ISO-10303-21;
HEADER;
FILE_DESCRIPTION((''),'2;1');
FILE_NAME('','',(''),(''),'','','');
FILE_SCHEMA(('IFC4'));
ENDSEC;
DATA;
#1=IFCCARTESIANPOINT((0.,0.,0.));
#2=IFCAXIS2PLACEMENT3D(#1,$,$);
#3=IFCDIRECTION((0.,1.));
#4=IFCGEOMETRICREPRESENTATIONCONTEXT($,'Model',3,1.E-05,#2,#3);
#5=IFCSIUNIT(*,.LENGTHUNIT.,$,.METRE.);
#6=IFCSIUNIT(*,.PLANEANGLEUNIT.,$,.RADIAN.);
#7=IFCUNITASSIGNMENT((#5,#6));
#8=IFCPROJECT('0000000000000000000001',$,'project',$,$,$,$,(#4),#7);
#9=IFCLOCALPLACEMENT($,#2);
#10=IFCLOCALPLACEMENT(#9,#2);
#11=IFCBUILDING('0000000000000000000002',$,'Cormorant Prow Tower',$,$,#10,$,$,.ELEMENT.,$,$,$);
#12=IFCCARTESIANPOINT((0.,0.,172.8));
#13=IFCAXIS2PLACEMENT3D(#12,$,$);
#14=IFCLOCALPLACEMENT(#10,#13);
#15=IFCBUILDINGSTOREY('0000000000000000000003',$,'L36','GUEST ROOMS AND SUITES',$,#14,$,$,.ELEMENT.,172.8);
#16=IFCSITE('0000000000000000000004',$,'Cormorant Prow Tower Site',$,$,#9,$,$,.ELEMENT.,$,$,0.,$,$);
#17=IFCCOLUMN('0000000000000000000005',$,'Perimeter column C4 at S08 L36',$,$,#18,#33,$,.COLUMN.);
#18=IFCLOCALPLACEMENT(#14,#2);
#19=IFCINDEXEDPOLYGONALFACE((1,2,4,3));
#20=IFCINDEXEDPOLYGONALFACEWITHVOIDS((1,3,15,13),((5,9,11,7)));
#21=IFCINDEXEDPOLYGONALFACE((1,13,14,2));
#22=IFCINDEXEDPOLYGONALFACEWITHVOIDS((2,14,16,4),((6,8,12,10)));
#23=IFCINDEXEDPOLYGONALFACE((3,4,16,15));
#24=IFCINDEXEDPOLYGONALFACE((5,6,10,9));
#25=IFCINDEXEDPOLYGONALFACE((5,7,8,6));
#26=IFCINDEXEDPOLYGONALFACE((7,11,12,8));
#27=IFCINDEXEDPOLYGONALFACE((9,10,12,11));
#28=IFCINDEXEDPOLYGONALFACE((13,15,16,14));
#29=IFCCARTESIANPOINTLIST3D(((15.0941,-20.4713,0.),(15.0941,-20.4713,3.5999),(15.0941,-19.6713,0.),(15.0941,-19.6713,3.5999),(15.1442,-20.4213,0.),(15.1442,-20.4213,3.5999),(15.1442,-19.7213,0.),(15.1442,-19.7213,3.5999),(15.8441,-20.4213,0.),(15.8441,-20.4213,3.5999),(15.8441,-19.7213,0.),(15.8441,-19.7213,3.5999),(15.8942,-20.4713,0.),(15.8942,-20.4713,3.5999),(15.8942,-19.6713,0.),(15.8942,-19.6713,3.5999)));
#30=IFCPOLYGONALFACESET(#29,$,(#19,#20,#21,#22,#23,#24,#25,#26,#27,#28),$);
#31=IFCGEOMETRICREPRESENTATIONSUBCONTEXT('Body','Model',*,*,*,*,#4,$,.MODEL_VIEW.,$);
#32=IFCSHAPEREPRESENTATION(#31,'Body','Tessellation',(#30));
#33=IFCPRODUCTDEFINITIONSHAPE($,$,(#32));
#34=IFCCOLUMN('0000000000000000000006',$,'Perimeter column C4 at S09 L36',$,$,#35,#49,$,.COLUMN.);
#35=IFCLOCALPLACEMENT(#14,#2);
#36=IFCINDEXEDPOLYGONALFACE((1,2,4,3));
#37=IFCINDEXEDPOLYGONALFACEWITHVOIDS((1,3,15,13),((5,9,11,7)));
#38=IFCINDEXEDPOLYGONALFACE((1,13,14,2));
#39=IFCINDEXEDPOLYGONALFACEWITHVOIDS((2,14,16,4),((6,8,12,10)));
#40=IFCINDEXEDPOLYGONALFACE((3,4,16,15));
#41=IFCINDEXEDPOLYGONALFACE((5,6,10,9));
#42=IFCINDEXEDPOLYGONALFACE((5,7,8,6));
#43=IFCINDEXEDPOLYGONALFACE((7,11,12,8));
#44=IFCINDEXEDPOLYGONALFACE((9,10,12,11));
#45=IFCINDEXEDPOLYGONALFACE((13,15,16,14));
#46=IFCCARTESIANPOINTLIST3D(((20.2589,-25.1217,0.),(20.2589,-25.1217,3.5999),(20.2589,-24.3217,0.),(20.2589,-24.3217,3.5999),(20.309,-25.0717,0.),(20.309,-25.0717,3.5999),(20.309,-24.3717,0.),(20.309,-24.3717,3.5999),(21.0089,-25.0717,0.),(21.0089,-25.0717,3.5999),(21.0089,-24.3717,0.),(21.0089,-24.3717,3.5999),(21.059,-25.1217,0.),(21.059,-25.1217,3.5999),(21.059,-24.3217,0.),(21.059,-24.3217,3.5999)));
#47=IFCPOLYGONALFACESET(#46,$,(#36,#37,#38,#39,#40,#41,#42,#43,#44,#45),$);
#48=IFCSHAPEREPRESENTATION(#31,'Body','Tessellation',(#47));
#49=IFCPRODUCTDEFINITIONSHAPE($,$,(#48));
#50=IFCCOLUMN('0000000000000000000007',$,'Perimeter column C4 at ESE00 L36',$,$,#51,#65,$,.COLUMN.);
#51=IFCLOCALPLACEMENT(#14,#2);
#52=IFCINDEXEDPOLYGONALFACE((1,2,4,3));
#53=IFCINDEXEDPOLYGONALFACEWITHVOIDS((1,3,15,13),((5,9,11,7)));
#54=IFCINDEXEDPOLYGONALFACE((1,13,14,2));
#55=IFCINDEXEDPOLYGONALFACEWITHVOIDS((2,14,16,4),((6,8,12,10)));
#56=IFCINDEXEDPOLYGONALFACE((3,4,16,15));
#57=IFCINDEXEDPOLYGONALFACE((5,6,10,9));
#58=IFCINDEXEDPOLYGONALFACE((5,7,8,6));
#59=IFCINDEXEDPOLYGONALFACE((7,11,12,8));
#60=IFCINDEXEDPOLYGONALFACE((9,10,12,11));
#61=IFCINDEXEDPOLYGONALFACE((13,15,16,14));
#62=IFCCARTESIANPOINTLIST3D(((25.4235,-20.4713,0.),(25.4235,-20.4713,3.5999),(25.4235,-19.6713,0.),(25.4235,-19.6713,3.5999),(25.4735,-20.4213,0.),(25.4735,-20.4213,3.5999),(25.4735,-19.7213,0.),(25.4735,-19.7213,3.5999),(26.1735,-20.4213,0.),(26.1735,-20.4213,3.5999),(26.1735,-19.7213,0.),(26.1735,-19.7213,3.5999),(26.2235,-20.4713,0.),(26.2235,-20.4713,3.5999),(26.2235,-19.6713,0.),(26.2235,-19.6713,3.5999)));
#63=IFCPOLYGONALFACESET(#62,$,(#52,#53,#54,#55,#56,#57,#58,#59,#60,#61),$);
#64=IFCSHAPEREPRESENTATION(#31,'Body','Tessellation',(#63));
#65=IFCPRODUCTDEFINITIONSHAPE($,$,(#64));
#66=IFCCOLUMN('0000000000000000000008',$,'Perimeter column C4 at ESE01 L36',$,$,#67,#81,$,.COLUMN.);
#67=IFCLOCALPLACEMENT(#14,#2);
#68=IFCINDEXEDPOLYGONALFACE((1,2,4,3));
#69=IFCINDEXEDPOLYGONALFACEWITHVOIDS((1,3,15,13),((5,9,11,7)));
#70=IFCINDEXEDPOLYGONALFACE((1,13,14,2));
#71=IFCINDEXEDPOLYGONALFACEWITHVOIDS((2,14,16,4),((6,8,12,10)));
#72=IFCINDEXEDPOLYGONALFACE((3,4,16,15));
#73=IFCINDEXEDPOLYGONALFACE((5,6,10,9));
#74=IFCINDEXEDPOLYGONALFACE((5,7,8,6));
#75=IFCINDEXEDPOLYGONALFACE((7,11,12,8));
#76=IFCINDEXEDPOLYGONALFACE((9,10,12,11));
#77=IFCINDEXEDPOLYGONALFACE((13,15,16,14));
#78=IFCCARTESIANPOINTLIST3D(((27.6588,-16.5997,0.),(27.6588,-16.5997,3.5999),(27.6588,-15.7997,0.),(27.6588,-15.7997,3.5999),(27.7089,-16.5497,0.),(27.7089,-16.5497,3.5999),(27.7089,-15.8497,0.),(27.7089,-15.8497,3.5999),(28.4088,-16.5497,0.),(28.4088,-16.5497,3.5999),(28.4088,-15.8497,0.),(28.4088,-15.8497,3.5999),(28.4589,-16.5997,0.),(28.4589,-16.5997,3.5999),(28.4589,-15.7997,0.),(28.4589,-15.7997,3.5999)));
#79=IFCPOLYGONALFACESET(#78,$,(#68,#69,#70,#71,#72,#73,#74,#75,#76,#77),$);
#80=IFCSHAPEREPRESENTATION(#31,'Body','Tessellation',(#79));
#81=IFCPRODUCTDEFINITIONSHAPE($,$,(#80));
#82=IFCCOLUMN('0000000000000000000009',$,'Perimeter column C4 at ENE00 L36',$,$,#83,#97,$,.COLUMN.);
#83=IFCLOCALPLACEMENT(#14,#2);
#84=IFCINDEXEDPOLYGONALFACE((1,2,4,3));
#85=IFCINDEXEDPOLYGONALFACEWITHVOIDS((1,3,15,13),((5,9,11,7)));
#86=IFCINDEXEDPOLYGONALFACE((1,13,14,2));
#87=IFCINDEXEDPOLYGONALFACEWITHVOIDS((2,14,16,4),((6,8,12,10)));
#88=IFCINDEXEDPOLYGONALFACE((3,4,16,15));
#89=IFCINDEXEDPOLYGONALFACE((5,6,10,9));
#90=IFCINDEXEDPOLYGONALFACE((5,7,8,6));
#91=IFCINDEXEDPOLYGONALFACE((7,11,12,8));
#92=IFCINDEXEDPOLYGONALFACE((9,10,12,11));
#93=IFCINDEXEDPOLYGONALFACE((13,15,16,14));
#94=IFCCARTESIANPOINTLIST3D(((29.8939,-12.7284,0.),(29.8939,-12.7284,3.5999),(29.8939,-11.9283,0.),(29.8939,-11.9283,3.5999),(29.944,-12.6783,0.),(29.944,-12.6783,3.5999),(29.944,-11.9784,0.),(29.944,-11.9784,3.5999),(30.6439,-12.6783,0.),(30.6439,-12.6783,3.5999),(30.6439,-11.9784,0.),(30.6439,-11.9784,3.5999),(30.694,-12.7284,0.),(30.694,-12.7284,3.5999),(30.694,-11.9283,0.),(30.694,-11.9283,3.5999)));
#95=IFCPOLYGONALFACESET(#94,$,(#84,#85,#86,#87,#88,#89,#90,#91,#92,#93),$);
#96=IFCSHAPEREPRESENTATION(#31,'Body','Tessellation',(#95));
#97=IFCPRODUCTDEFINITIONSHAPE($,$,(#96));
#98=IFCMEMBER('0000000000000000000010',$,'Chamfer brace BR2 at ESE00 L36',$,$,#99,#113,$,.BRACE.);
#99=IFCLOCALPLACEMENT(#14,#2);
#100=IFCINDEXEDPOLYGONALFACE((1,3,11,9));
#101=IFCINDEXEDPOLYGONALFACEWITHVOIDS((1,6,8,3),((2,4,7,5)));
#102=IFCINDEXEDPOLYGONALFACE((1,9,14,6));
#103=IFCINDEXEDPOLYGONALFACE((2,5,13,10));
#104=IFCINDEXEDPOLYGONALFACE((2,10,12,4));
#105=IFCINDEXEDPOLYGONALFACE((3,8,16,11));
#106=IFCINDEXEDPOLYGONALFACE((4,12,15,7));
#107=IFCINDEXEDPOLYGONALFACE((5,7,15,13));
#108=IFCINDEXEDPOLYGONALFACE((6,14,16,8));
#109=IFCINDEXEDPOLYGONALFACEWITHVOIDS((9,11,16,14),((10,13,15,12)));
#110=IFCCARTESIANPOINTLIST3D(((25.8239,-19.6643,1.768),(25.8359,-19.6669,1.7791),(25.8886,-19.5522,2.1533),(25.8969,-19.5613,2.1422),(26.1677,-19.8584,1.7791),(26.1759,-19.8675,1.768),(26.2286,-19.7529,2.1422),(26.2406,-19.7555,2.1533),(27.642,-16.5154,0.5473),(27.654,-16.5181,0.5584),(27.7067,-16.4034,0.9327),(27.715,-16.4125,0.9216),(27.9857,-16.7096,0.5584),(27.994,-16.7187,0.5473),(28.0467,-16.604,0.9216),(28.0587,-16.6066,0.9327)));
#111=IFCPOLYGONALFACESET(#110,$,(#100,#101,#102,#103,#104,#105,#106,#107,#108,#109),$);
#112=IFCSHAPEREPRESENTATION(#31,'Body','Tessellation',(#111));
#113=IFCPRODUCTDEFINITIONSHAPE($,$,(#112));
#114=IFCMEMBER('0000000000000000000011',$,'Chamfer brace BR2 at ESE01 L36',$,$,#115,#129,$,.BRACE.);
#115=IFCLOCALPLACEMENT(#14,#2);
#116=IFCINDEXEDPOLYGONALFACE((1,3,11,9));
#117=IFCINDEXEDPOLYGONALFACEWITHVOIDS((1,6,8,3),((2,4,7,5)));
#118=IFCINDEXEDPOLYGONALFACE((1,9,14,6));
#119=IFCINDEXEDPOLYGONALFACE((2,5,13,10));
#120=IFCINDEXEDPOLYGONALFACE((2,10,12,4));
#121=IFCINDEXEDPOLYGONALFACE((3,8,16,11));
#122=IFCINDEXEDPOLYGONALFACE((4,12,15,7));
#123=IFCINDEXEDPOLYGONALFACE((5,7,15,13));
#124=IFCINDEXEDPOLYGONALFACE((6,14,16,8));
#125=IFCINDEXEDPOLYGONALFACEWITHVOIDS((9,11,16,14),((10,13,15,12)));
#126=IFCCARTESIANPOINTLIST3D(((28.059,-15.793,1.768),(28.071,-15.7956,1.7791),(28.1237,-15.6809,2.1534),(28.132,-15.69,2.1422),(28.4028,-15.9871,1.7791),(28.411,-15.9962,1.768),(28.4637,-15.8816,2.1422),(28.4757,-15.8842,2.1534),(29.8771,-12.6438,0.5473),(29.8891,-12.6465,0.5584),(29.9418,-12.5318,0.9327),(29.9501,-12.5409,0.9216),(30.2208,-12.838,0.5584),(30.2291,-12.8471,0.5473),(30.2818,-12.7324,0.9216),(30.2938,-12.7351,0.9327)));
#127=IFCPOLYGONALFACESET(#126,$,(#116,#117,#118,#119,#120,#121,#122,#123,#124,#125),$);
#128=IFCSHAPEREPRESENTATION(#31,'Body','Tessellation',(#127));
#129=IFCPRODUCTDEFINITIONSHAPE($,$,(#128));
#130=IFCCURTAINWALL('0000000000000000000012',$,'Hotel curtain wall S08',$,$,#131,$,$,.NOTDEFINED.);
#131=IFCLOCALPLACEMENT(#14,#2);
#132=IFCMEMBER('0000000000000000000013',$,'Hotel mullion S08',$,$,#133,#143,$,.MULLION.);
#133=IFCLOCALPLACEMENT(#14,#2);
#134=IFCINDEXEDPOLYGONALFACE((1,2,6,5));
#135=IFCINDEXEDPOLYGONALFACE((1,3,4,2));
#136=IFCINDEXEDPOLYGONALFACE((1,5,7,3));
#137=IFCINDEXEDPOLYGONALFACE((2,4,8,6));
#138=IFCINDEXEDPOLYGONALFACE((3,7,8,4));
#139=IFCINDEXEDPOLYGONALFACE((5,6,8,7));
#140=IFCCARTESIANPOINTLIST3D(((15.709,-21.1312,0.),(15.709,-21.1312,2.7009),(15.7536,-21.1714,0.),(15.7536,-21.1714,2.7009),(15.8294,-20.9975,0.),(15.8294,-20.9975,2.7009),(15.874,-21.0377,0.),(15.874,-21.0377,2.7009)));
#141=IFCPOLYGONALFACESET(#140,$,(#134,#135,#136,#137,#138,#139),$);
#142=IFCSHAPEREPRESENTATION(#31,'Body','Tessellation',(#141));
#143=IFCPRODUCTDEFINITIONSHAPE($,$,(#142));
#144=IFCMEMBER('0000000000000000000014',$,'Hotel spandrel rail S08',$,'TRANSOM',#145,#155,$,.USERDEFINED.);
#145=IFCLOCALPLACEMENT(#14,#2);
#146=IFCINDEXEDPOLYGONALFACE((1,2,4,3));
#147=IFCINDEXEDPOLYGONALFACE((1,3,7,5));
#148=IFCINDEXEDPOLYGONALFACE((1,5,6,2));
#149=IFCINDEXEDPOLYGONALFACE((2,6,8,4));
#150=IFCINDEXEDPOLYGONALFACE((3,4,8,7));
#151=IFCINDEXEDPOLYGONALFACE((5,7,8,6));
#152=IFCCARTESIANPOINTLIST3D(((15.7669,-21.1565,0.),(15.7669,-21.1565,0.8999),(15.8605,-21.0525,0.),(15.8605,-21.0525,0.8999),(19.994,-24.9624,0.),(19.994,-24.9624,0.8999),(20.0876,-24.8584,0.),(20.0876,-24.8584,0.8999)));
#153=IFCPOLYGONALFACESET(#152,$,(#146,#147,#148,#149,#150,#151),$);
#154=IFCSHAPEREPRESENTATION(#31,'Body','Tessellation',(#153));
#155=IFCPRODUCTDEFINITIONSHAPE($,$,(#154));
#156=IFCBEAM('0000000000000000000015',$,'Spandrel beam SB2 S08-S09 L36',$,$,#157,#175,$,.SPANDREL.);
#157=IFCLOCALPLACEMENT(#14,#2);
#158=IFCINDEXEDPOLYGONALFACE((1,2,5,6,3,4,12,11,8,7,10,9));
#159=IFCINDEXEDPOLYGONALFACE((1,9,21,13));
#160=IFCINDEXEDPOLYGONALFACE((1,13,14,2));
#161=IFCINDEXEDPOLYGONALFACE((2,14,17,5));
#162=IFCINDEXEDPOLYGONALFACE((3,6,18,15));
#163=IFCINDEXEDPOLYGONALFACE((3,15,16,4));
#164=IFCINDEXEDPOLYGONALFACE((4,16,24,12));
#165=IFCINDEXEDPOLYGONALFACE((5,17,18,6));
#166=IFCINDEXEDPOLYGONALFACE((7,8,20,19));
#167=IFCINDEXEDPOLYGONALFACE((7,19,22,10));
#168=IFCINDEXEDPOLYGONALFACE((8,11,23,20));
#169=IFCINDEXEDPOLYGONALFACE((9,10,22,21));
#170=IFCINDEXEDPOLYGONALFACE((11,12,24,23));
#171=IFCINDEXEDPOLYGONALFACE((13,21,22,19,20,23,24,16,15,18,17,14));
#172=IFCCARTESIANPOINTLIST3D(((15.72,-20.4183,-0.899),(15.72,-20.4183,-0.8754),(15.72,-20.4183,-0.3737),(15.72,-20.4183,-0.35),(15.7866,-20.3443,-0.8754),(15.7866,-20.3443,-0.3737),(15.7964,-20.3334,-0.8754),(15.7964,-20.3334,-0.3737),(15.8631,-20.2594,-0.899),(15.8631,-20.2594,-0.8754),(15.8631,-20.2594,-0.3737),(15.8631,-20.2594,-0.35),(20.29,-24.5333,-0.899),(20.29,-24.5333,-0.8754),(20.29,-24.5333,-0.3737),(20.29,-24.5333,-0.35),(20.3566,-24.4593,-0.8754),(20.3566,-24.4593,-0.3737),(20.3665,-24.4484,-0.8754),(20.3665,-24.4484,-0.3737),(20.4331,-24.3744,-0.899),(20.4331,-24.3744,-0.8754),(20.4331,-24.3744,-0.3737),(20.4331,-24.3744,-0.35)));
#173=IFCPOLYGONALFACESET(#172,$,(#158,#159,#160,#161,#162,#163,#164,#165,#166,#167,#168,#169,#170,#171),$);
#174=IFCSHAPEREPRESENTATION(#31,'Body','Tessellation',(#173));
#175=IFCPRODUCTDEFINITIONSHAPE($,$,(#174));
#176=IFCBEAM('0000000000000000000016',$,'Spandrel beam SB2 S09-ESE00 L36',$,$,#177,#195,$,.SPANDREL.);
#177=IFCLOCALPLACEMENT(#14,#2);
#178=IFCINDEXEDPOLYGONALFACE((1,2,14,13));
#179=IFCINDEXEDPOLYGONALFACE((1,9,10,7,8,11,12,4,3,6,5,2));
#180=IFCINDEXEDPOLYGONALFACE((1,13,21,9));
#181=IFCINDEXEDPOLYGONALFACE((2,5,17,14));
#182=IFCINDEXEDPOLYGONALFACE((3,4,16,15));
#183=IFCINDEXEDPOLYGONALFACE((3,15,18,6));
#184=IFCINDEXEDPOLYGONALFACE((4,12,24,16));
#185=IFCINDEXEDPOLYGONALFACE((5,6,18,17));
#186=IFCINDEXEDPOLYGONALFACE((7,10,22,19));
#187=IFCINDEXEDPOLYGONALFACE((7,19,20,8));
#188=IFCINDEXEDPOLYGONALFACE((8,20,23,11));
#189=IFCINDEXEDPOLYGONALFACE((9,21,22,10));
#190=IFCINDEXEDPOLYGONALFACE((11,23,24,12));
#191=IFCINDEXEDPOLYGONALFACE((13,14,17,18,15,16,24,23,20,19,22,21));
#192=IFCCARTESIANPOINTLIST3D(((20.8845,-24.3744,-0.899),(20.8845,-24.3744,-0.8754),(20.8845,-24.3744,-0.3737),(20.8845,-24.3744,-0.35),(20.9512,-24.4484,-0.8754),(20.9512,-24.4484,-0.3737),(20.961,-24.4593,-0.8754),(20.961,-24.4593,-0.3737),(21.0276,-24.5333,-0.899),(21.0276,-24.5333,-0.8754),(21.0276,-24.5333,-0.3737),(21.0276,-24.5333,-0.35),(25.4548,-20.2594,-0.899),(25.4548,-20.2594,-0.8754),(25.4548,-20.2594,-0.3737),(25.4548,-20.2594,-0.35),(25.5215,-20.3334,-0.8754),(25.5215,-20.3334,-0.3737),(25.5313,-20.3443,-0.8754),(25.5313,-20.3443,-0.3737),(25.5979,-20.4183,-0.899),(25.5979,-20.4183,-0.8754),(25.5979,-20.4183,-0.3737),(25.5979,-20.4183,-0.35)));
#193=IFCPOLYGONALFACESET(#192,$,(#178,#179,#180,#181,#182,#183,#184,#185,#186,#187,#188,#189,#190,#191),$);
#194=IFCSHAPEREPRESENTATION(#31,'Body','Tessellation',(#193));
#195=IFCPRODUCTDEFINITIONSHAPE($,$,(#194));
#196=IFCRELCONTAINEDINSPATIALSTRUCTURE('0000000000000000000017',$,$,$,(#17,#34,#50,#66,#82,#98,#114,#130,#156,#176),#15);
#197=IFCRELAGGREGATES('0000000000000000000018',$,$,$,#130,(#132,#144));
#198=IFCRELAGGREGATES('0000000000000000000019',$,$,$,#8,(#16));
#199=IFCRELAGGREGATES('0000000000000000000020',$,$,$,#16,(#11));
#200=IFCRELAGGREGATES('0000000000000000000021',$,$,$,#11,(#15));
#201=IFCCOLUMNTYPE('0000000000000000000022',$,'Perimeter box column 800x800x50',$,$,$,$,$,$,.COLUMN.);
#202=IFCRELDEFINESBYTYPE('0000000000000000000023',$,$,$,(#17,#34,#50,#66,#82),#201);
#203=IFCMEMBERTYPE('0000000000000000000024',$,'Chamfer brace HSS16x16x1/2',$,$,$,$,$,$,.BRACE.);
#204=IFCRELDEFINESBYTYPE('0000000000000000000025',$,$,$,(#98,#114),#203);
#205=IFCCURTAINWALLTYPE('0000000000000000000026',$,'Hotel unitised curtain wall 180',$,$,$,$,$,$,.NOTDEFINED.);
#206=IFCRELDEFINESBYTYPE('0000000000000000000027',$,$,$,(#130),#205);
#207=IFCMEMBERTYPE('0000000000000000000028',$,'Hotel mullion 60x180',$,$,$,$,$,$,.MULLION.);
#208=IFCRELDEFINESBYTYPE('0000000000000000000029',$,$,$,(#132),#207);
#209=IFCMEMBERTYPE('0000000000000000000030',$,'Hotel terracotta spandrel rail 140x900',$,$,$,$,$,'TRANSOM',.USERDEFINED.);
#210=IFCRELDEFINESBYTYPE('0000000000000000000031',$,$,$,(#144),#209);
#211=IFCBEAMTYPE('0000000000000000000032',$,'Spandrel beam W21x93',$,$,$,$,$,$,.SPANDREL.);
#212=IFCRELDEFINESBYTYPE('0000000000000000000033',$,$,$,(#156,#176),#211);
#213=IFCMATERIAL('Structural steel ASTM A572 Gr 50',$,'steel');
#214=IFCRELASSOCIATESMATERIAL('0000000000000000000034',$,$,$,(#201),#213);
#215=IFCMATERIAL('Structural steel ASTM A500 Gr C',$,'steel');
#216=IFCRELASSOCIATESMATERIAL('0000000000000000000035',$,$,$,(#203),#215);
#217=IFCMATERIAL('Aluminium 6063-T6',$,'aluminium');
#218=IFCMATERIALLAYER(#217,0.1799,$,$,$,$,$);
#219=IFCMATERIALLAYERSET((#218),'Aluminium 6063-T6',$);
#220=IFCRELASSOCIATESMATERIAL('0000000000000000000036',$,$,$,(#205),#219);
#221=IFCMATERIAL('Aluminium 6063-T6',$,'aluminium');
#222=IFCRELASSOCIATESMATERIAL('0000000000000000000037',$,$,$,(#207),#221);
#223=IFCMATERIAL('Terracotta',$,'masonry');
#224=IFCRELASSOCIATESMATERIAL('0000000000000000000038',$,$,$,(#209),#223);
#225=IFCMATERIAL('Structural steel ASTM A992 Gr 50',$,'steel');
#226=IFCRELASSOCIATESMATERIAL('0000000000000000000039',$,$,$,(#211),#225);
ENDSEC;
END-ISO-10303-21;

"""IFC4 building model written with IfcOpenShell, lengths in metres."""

from ifc_helpers import new_model, si_unit, direction, frame, origin, origin_2d, place, context, subcontext, project, spatial, rectangle, hollow_rectangle, i_section, extrude, material, layer, layer_set, material_profile, profile_set, type_object, element, aggregate, save


model = new_model("IFC4")

# Units and contexts
model_context = context("Model", 3, precision=1e-05, world=origin(), true_north=direction((0.0, 1.0)))
body_context = subcontext(model_context, "Body", "Model", "MODEL_VIEW")
ifc_project = project(units=[si_unit("LENGTHUNIT", "METRE"), si_unit("PLANEANGLEUNIT", "RADIAN")], contexts=[model_context])

# Site, building, storey
site_placement = place(None, origin())
site = spatial("IfcSite", under=ifc_project, at=site_placement, Name="Cormorant Prow Tower Site", CompositionType="ELEMENT", RefElevation=0.0)
building_placement = place(site_placement, origin())
building = spatial("IfcBuilding", under=site, at=building_placement, Name="Cormorant Prow Tower", CompositionType="ELEMENT")
storey_placement = place(building_placement, frame((0.0, 0.0, 172.8)))
storey = spatial("IfcBuildingStorey", under=building, at=storey_placement, Name="L36", Description="GUEST ROOMS AND SUITES", CompositionType="ELEMENT", Elevation=172.8)

# Columns
ifc_material_1 = material(Name="Structural steel ASTM A572 Gr 50", Category="steel")
ifc_material_profile_1 = material_profile(ifc_material_1, hollow_rectangle(XDim=0.8, YDim=0.8, WallThickness=0.05, at=origin_2d()), Name="Box 800x800x50")
ifc_profile_set_1 = profile_set([ifc_material_profile_1], Name="Structural steel ASTM A572 Gr 50")
column_type = type_object("IfcColumnType", Name="Perimeter box column 800x800x50", PredefinedType="COLUMN", material=ifc_profile_set_1)
for number, where, z_axis, x_axis, name in (
    (1, (15.4941, -20.0713, 0.0), (0.0, 0.0, 1.0), (1.0, 0.0, 0.0), "Perimeter column C4 at S08 L36"),
    (2, (20.6589, -24.7217, 0.0), (0.0, 0.0, 1.0), (1.0, 0.0, 0.0), "Perimeter column C4 at S09 L36"),
    (3, (25.8235, -20.0713, 0.0), (0.0, 0.0, 1.0), (1.0, 0.0, 0.0), "Perimeter column C4 at ESE00 L36"),
    (4, (28.0588, -16.1997, 0.0), (0.0, 0.0, 1.0), (1.0, 0.0, 0.0), "Perimeter column C4 at ESE01 L36"),
    (5, (30.2939, -12.3284, 0.0), (0.0, 0.0, 1.0), (1.0, 0.0, 0.0), "Perimeter column C4 at ENE00 L36"),
):
    element("IfcColumn", number, at=place(storey_placement, frame(where, z_axis=z_axis, x_axis=x_axis)), inside=storey, type_object=column_type, Name=name, PredefinedType="COLUMN", context=body_context, shape_type="SweptSolid", body=[
        extrude(hollow_rectangle(XDim=0.8, YDim=0.8, WallThickness=0.05, at=origin_2d()), origin(), (0.0, 0.0, 1.0), 3.5999),
    ])

# Members
ifc_material_2 = material(Name="Structural steel ASTM A500 Gr C", Category="steel")
ifc_material_profile_2 = material_profile(ifc_material_2, hollow_rectangle(XDim=0.4065, YDim=0.4065, WallThickness=0.0117, at=origin_2d()), Name="HSS16x16x1/2")
ifc_profile_set_2 = profile_set([ifc_material_profile_2], Name="Structural steel ASTM A500 Gr C")
member_type_1 = type_object("IfcMemberType", Name="Chamfer brace HSS16x16x1/2", PredefinedType="BRACE", material=ifc_profile_set_2)
member_1_placement = place(storey_placement, frame((27.8503, -16.561, 0.74), z_axis=(-0.474018, -0.820986, 0.318261), x_axis=(0.866016, -0.500017, 0.0)))
element("IfcMember", 6, at=member_1_placement, inside=storey, type_object=member_type_1, Name="Chamfer brace BR2 at ESE00 L36", PredefinedType="BRACE", context=body_context, shape_type="SweptSolid", body=[
    extrude(hollow_rectangle(XDim=0.4065, YDim=0.4065, WallThickness=0.0117, at=origin_2d()), origin(), (0.0, 0.0, 1.0), 3.8354),
])
member_2_placement = place(storey_placement, frame((30.0854, -12.6895, 0.74), z_axis=(-0.473993, -0.821006, 0.318244), x_axis=(0.866032, -0.499988, 0.0)))
element("IfcMember", 7, at=member_2_placement, inside=storey, type_object=member_type_1, Name="Chamfer brace BR2 at ESE01 L36", PredefinedType="BRACE", context=body_context, shape_type="SweptSolid", body=[
    extrude(hollow_rectangle(XDim=0.4065, YDim=0.4065, WallThickness=0.0117, at=origin_2d()), origin(), (0.0, 0.0, 1.0), 3.8357),
])

# Curtain wall, members
ifc_material_3 = material(Name="Aluminium 6063-T6", Category="aluminium")
ifc_layer_1 = layer(ifc_material_3, 0.1799)
ifc_layer_set_1 = layer_set([ifc_layer_1], Name="Aluminium 6063-T6")
curtain_wall_type = type_object("IfcCurtainWallType", Name="Hotel unitised curtain wall 180", PredefinedType="NOTDEFINED", material=ifc_layer_set_1)
curtain_wall_placement = place(storey_placement, origin())
curtain_wall = element("IfcCurtainWall", 8, at=curtain_wall_placement, inside=storey, type_object=curtain_wall_type, Name="Hotel curtain wall S08", PredefinedType="NOTDEFINED")
ifc_material_4 = material(Name="Aluminium 6063-T6", Category="aluminium")
ifc_material_profile_3 = material_profile(ifc_material_4, rectangle(XDim=0.1799, YDim=0.0601, at=origin_2d()), Name="Hotel mullion 60x180")
ifc_profile_set_3 = profile_set([ifc_material_profile_3], Name="Aluminium 6063-T6")
member_type_2 = type_object("IfcMemberType", Name="Hotel mullion 60x180", PredefinedType="MULLION", material=ifc_profile_set_3)
member_3_placement = place(storey_placement, frame((15.7915, -21.0845, 0.0), z_axis=(0.0, 0.0, 1.0), x_axis=(0.669131, 0.743145, 0.0)))
member_3 = element("IfcMember", 9, at=member_3_placement, type_object=member_type_2, Name="Hotel mullion S08", PredefinedType="MULLION", context=body_context, shape_type="SweptSolid", body=[
    extrude(rectangle(XDim=0.1799, YDim=0.0601, at=origin_2d()), origin(), (0.0, 0.0, 1.0), 2.7009),
])
ifc_material_5 = material(Name="Terracotta", Category="masonry")
ifc_material_profile_4 = material_profile(ifc_material_5, rectangle(XDim=0.1399, YDim=0.8999, at=origin_2d()), Name="Hotel terracotta spandrel rail 140x900")
ifc_profile_set_4 = profile_set([ifc_material_profile_4], Name="Terracotta")
member_type_3 = type_object("IfcMemberType", Name="Hotel terracotta spandrel rail 140x900", ElementType="TRANSOM", PredefinedType="USERDEFINED", material=ifc_profile_set_4)
member_4_placement = place(storey_placement, frame((15.8137, -21.1045, 0.45), z_axis=(0.743158, -0.669116, 0.0), x_axis=(0.669116, 0.743158, 0.0)))
member_4 = element("IfcMember", 10, at=member_4_placement, type_object=member_type_3, Name="Hotel spandrel rail S08", ObjectType="TRANSOM", PredefinedType="USERDEFINED", context=body_context, shape_type="SweptSolid", body=[
    extrude(rectangle(XDim=0.1399, YDim=0.8999, at=origin_2d()), origin(), (0.0, 0.0, 1.0), 5.688),
])

# Beams
ifc_material_6 = material(Name="Structural steel ASTM A992 Gr 50", Category="steel")
ifc_material_profile_5 = material_profile(ifc_material_6, i_section(OverallWidth=0.2139, OverallDepth=0.5491, WebThickness=0.0146, FlangeThickness=0.0237, at=origin_2d()), Name="W21x93")
ifc_profile_set_5 = profile_set([ifc_material_profile_5], Name="Structural steel ASTM A992 Gr 50")
beam_type = type_object("IfcBeamType", Name="Spandrel beam W21x93", PredefinedType="SPANDREL", material=ifc_profile_set_5)
beam_1_placement = place(storey_placement, frame((15.7915, -20.3389, -0.6245), z_axis=(0.743138, -0.669138, 0.0), x_axis=(0.669138, 0.743138, 0.0)))
element("IfcBeam", 11, at=beam_1_placement, inside=storey, type_object=beam_type, Name="Spandrel beam SB2 S08-S09 L36", PredefinedType="SPANDREL", context=body_context, shape_type="SweptSolid", body=[
    extrude(i_section(OverallWidth=0.2139, OverallDepth=0.5491, WebThickness=0.0146, FlangeThickness=0.0237, at=origin_2d()), origin(), (0.0, 0.0, 1.0), 6.1497),
])
beam_2_placement = place(storey_placement, frame((20.9561, -24.4539, -0.6245), z_axis=(0.743156, 0.669118, 0.0), x_axis=(-0.669118, 0.743156, 0.0)))
element("IfcBeam", 12, at=beam_2_placement, inside=storey, type_object=beam_type, Name="Spandrel beam SB2 S09-ESE00 L36", PredefinedType="SPANDREL", context=body_context, shape_type="SweptSolid", body=[
    extrude(i_section(OverallWidth=0.2139, OverallDepth=0.5491, WebThickness=0.0146, FlangeThickness=0.0237, at=origin_2d()), origin(), (0.0, 0.0, 1.0), 6.1499),
])

aggregate(curtain_wall, [member_3, member_4])

save(model, "model.ifc")
